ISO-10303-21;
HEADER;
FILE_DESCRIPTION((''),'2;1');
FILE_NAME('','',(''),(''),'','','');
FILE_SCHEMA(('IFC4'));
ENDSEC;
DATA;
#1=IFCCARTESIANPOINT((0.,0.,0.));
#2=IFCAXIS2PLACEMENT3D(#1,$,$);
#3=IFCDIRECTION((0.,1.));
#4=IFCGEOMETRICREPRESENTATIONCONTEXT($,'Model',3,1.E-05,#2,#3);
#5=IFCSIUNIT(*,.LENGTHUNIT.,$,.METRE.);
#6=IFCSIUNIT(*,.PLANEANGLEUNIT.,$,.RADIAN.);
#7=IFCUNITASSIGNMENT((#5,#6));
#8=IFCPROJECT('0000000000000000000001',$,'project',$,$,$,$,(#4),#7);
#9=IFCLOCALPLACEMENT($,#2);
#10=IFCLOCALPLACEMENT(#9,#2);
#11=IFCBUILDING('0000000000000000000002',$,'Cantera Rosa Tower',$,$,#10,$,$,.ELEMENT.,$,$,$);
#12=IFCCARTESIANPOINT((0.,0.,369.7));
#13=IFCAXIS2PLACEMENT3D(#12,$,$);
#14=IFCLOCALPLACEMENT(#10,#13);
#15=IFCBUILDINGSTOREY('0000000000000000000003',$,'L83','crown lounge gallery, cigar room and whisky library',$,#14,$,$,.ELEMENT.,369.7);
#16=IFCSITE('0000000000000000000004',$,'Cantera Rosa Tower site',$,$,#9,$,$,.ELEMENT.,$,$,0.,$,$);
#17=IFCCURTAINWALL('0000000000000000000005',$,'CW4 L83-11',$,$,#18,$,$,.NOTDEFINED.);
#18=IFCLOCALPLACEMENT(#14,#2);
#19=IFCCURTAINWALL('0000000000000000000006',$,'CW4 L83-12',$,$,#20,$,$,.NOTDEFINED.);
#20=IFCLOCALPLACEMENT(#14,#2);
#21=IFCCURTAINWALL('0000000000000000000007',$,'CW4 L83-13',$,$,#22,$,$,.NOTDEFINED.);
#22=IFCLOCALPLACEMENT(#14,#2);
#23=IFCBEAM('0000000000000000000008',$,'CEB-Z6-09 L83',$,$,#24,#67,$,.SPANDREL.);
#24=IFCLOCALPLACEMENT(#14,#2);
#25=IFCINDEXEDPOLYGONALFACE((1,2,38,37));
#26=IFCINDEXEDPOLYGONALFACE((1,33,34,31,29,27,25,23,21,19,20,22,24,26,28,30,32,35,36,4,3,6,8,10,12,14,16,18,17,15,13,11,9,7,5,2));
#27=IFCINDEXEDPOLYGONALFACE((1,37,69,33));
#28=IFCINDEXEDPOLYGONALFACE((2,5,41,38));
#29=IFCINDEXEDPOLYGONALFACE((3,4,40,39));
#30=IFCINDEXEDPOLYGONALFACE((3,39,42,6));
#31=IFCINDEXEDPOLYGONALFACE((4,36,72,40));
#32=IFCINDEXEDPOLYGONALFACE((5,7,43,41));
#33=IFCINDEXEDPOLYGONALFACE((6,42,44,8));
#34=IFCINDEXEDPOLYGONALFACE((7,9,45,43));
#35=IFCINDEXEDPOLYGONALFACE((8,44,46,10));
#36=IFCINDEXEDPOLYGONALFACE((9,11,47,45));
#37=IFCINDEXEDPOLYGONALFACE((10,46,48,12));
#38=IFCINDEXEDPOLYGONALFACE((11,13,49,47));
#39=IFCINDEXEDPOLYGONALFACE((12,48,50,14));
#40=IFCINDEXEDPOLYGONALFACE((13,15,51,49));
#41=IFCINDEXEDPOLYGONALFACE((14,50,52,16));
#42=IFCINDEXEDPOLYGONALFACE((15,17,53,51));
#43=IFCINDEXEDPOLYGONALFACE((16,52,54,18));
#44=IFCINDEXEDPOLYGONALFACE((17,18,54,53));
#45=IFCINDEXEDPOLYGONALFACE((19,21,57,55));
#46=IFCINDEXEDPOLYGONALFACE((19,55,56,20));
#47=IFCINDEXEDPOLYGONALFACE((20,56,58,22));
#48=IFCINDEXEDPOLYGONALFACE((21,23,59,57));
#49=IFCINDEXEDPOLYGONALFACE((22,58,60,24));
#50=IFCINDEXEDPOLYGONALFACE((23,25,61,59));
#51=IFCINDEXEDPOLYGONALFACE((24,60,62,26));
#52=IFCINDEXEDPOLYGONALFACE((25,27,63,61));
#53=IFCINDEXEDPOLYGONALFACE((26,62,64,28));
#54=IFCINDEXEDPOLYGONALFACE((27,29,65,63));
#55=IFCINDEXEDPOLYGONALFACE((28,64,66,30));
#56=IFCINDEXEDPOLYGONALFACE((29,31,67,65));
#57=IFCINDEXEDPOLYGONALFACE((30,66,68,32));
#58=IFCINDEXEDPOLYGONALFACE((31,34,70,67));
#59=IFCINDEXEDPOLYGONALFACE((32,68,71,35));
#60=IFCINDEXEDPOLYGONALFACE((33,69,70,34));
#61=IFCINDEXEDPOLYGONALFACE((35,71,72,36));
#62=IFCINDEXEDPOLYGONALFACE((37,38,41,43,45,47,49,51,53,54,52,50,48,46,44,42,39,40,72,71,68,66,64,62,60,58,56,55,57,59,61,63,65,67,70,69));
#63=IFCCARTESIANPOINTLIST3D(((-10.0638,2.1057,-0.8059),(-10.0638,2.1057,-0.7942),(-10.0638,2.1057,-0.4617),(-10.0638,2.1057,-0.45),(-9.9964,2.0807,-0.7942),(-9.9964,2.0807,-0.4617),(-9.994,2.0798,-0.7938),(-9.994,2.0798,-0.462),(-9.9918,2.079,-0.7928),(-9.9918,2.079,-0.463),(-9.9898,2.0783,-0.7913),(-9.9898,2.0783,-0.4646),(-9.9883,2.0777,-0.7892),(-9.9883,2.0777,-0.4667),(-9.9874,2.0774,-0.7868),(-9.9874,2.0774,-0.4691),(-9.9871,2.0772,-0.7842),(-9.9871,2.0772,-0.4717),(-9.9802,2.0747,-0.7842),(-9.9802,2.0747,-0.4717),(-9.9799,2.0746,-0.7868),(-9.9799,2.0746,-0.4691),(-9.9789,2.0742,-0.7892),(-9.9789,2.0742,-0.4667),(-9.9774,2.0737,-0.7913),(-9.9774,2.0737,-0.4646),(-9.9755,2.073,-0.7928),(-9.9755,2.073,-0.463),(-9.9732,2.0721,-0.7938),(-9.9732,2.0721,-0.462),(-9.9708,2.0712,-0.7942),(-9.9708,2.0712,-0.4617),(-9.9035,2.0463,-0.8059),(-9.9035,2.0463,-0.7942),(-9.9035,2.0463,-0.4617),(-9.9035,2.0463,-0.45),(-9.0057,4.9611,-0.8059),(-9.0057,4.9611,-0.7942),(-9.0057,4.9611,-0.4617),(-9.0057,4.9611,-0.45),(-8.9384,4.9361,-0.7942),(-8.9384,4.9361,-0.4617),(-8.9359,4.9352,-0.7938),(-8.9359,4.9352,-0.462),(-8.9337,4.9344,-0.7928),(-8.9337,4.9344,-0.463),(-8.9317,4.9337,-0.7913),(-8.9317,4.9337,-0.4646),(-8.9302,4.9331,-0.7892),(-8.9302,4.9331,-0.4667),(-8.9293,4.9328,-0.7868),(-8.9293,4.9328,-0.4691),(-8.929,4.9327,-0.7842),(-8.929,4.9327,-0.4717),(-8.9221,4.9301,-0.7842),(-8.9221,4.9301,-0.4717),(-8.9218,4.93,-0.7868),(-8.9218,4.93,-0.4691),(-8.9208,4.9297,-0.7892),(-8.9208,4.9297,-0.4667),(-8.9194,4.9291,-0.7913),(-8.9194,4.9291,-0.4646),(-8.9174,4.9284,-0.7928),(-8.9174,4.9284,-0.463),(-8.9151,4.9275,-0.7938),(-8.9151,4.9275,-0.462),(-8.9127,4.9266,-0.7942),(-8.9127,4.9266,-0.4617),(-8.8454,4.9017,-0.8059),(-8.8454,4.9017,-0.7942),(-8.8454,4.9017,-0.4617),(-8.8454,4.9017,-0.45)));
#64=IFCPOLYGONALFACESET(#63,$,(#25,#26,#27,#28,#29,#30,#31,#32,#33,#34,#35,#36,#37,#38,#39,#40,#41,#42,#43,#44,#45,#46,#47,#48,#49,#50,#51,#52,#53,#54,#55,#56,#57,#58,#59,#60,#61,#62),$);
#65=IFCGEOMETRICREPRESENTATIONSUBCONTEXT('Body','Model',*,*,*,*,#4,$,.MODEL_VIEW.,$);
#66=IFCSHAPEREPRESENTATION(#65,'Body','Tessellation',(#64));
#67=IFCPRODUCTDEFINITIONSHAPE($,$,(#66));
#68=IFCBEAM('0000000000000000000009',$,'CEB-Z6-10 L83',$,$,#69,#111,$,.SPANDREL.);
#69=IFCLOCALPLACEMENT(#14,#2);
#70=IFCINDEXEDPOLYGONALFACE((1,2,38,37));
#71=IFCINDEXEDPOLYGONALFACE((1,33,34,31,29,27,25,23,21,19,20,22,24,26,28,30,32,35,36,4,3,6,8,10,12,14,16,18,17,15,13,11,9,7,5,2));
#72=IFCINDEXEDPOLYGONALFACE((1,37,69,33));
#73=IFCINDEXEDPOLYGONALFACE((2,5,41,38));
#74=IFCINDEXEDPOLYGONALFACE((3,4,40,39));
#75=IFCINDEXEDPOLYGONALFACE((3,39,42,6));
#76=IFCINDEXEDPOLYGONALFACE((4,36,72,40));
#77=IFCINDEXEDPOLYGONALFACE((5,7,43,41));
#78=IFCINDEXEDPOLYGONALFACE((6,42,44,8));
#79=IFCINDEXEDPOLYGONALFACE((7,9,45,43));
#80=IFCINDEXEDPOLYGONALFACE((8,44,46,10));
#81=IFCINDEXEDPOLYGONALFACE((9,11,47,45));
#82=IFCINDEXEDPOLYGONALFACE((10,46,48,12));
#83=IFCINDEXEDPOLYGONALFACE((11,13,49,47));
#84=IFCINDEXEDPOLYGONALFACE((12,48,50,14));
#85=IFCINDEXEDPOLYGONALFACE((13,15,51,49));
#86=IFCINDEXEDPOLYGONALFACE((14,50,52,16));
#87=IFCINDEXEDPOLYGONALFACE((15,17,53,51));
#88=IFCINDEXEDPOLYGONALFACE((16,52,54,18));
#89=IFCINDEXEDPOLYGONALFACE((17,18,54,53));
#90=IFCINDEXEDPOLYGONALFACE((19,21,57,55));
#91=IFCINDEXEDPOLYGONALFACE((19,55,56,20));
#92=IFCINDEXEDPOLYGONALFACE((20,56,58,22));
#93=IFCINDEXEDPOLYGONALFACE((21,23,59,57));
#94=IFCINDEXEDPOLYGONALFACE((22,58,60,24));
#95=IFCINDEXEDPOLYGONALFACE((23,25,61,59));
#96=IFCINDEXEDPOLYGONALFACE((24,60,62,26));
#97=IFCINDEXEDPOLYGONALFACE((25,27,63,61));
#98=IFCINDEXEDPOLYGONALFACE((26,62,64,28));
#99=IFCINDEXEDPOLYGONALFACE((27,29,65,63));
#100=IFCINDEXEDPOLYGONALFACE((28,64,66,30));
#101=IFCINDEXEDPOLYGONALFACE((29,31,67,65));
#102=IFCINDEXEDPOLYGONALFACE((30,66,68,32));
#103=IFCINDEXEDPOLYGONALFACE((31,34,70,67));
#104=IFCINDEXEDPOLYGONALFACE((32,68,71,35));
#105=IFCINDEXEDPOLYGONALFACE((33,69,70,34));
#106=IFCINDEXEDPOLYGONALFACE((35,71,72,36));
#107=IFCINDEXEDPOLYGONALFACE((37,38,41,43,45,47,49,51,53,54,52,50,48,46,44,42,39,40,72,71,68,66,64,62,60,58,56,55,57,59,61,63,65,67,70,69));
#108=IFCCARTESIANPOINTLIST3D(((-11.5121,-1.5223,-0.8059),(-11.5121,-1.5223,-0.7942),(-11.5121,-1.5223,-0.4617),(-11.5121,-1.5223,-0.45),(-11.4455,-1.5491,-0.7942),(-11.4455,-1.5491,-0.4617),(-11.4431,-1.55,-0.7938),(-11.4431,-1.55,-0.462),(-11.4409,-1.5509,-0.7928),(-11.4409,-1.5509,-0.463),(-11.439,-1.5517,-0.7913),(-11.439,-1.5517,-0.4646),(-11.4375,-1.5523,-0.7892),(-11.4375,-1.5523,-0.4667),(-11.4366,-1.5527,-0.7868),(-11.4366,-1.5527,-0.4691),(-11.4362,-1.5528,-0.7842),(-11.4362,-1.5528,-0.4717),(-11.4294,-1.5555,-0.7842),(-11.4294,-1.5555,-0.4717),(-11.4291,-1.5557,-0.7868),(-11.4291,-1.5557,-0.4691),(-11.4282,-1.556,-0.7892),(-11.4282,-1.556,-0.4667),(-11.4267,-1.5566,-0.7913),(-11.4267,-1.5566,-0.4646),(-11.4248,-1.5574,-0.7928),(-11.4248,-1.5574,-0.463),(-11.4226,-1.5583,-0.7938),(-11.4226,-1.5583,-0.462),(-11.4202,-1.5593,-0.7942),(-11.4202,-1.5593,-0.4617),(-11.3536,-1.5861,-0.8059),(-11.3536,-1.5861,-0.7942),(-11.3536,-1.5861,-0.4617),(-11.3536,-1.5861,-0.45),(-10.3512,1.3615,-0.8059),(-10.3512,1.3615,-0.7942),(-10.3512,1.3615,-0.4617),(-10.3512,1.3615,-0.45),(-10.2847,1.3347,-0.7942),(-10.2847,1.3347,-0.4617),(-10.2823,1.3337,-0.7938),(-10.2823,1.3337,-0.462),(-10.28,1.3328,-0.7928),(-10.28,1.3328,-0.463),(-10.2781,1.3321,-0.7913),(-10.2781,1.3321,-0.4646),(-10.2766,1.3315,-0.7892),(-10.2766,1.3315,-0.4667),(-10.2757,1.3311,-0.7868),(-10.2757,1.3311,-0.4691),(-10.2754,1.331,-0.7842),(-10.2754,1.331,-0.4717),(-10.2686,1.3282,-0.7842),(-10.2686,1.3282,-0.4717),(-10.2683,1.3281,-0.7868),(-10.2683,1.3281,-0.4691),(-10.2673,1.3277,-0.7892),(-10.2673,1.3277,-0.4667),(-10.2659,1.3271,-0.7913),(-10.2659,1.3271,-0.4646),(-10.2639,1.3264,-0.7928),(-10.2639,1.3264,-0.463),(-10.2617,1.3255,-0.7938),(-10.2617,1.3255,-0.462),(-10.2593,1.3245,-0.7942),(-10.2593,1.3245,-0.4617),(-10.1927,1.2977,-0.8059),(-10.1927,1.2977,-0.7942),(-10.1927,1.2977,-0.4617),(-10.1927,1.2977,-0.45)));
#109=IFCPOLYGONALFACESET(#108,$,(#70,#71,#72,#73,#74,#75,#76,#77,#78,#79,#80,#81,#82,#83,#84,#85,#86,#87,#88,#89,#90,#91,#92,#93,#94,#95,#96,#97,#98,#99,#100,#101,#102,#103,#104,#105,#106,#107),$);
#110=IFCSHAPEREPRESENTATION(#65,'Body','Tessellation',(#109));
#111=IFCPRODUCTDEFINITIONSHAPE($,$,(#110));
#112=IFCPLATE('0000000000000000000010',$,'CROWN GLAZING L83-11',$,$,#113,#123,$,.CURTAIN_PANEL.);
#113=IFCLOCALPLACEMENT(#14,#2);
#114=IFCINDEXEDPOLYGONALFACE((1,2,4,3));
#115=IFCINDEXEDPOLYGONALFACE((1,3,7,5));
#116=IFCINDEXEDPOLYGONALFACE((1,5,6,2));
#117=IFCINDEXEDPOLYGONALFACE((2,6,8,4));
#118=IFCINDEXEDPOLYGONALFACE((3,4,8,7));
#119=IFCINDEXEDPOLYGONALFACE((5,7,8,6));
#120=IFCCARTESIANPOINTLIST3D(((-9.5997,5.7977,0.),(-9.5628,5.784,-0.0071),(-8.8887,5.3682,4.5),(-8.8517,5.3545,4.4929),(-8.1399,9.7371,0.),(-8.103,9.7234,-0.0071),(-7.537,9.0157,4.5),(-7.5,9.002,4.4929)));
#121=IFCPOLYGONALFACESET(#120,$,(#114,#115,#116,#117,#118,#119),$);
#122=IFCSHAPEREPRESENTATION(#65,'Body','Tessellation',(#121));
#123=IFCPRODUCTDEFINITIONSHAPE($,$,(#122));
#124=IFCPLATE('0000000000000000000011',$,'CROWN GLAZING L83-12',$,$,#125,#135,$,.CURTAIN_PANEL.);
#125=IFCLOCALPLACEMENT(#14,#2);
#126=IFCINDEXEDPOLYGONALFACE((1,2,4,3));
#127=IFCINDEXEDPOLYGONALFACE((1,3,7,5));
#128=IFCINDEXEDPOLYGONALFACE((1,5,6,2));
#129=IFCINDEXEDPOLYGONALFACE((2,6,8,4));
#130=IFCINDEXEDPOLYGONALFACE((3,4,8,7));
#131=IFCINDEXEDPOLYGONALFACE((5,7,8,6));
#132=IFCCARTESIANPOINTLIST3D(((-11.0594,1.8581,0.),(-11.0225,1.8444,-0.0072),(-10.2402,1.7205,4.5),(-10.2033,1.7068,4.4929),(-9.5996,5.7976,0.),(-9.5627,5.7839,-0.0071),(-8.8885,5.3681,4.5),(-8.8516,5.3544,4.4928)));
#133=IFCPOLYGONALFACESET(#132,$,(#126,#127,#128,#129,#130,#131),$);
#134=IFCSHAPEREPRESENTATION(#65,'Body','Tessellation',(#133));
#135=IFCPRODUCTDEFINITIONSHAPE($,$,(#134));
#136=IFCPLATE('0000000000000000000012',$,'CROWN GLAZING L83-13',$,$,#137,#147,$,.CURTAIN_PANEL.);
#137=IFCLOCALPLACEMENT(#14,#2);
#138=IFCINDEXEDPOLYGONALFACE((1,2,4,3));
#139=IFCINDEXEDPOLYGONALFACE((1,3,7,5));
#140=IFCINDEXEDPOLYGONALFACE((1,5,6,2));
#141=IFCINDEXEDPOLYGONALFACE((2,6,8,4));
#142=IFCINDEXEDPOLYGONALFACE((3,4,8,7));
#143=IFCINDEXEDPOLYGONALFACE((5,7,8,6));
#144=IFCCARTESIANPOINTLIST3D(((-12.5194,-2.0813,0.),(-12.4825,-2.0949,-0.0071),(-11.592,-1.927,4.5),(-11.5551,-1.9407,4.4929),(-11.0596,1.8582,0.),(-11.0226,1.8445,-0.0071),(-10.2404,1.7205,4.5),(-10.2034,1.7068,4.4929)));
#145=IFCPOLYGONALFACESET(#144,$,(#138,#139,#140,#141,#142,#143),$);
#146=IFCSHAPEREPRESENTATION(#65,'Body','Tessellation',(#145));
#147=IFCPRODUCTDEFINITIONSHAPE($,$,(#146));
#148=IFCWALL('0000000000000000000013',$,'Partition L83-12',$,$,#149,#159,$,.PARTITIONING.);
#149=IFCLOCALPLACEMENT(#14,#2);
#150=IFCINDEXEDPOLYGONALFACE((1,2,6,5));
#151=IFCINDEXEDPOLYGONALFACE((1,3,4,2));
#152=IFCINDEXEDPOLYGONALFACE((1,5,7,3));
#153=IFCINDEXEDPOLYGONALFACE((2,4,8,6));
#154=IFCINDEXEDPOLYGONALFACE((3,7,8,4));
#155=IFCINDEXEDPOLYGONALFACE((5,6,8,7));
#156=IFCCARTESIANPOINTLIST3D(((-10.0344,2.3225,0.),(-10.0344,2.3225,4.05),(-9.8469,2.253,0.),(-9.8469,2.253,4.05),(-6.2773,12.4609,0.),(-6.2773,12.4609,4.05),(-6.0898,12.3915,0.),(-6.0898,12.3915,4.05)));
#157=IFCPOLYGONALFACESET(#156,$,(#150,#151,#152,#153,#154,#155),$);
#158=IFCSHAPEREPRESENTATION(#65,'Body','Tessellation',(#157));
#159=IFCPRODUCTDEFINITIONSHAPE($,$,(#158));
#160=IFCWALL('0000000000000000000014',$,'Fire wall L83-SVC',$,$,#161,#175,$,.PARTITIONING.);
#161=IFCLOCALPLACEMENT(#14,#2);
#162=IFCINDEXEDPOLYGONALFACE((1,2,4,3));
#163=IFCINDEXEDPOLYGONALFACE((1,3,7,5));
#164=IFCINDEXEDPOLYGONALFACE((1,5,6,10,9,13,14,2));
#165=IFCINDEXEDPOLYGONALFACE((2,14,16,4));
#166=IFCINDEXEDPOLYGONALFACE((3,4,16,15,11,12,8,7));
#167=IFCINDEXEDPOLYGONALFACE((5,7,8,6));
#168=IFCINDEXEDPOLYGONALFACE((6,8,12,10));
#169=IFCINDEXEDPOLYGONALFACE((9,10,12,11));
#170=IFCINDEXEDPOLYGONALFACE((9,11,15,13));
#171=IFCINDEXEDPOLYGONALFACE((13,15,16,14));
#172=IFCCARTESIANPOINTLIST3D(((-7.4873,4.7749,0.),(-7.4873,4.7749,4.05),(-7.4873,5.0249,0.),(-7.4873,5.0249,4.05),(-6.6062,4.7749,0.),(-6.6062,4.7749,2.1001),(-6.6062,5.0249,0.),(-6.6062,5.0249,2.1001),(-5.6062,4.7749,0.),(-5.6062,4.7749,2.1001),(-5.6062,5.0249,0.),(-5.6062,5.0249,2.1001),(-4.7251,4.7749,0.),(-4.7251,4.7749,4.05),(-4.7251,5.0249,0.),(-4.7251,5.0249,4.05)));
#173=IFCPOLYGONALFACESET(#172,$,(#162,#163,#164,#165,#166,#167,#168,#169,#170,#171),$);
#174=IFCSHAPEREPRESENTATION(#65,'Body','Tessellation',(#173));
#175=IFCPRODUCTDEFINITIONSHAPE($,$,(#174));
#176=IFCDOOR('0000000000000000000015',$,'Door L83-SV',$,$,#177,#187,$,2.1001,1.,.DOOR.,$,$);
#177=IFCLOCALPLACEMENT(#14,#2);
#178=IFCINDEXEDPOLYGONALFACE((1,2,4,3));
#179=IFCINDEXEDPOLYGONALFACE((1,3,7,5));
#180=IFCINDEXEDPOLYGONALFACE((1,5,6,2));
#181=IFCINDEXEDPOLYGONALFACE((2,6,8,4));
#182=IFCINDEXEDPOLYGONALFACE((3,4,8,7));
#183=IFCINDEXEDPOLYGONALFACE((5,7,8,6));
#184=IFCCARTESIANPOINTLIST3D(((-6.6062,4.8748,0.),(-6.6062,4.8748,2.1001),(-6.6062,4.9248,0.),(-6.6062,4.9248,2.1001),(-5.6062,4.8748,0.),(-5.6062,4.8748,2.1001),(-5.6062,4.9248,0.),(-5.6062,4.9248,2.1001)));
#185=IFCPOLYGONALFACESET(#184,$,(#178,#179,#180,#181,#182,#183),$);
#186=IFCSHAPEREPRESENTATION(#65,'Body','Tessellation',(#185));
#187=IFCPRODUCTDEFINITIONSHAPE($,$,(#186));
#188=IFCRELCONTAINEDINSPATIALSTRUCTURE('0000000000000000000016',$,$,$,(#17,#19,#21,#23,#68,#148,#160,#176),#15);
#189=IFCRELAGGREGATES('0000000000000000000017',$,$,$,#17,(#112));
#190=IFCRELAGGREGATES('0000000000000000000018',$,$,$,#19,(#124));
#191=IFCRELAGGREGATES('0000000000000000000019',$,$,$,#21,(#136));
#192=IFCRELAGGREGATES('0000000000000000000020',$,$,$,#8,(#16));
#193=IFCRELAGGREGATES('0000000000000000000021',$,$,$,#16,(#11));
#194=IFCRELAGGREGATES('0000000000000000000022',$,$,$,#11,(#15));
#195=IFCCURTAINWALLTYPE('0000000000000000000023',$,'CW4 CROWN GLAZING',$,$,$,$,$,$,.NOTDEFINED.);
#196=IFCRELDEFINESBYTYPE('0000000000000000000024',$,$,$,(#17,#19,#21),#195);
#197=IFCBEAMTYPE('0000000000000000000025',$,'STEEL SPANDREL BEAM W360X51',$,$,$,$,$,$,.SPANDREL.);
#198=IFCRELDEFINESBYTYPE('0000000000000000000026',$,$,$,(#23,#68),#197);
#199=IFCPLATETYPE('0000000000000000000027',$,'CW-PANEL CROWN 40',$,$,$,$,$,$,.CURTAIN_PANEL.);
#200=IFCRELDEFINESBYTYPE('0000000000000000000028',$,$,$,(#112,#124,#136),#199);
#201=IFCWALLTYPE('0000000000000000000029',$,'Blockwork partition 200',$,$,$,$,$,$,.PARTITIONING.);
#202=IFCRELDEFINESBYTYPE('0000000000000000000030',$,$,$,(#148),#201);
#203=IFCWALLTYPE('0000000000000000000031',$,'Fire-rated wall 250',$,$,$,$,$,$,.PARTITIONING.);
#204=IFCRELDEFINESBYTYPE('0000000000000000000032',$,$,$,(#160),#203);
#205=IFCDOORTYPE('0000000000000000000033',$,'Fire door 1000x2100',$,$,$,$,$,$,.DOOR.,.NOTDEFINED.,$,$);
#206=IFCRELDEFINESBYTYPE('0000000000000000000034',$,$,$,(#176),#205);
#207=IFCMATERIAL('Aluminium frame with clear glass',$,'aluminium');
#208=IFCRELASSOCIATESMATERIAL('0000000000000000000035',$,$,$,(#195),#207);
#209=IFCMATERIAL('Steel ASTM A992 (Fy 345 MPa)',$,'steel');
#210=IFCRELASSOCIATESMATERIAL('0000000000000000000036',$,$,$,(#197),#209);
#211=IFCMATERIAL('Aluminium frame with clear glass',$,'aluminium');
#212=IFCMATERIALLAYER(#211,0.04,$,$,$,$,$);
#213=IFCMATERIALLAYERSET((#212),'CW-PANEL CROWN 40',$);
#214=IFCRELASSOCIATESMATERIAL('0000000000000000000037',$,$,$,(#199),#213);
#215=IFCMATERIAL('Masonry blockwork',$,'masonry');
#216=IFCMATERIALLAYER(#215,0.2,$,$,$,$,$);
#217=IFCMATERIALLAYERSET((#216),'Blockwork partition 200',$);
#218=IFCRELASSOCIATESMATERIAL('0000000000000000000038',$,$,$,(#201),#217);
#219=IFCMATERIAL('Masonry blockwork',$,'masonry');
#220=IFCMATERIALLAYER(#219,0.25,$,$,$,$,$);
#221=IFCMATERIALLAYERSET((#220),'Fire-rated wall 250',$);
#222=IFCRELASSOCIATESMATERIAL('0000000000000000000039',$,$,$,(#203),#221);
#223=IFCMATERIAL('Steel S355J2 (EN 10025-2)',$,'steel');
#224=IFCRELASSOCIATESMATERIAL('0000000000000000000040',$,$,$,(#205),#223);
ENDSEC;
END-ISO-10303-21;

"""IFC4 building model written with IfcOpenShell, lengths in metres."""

from ifc_helpers import new_model, si_unit, direction, frame, frame_2d, origin, origin_2d, place, context, subcontext, project, spatial, polyline, rectangle, i_section, outline, extrude, material, layer, layer_set, material_profile, profile_set, type_object, element, fill, aggregate, save


model = new_model("IFC4")

# Units and contexts
model_context = context("Model", 3, precision=1e-05, world=origin(), true_north=direction((0.0, 1.0)))
body_context = subcontext(model_context, "Body", "Model", "MODEL_VIEW")
ifc_project = project(units=[si_unit("LENGTHUNIT", "METRE"), si_unit("PLANEANGLEUNIT", "RADIAN")], contexts=[model_context])

# Site, building, storey
site_placement = place(None, origin())
site = spatial("IfcSite", under=ifc_project, at=site_placement, Name="Cantera Rosa Tower site", CompositionType="ELEMENT", RefElevation=0.0)
building_placement = place(site_placement, origin())
building = spatial("IfcBuilding", under=site, at=building_placement, Name="Cantera Rosa Tower", CompositionType="ELEMENT")
storey_placement = place(building_placement, frame((0.0, 0.0, 369.7)))
storey = spatial("IfcBuildingStorey", under=building, at=storey_placement, Name="L83", Description="crown lounge gallery, cigar room and whisky library", CompositionType="ELEMENT", Elevation=369.7)

# Curtain walls
ifc_material_1 = material(Name="Aluminium frame with clear glass", Category="aluminium")
curtain_wall_type = type_object("IfcCurtainWallType", Name="CW4 CROWN GLAZING", PredefinedType="NOTDEFINED", material=ifc_material_1)
curtain_wall_1_placement = place(storey_placement, origin())
curtain_wall_1 = element("IfcCurtainWall", 1, at=curtain_wall_1_placement, inside=storey, type_object=curtain_wall_type, Name="CW4 L83-11", PredefinedType="NOTDEFINED")
curtain_wall_2_placement = place(storey_placement, origin())
curtain_wall_2 = element("IfcCurtainWall", 2, at=curtain_wall_2_placement, inside=storey, type_object=curtain_wall_type, Name="CW4 L83-12", PredefinedType="NOTDEFINED")
curtain_wall_3_placement = place(storey_placement, origin())
curtain_wall_3 = element("IfcCurtainWall", 3, at=curtain_wall_3_placement, inside=storey, type_object=curtain_wall_type, Name="CW4 L83-13", PredefinedType="NOTDEFINED")

# Beams
ifc_material_2 = material(Name="Steel ASTM A992 (Fy 345 MPa)", Category="steel")
ifc_material_profile_1 = material_profile(ifc_material_2, i_section(OverallWidth=0.1709, OverallDepth=0.356, WebThickness=0.0073, FlangeThickness=0.0117, FilletRadius=0.01, at=origin_2d()), Name="W360X51")
ifc_profile_set_1 = profile_set([ifc_material_profile_1], Name="Steel ASTM A992 (Fy 345 MPa)")
beam_type = type_object("IfcBeamType", Name="STEEL SPANDREL BEAM W360X51", PredefinedType="SPANDREL", material=ifc_profile_set_1)
beam_1_placement = place(storey_placement, frame((-8.9255, 4.9314, -0.6279), z_axis=(-0.347466, -0.937693, 0.0), x_axis=(0.937693, -0.347466, 0.0)))
element("IfcBeam", 4, at=beam_1_placement, inside=storey, type_object=beam_type, Name="CEB-Z6-09 L83", PredefinedType="SPANDREL", context=body_context, shape_type="SweptSolid", body=[
    extrude(i_section(OverallWidth=0.1709, OverallDepth=0.356, WebThickness=0.0073, FlangeThickness=0.0117, FilletRadius=0.01, at=origin_2d()), origin(), (0.0, 0.0, 1.0), 3.0452),
])
beam_2_placement = place(storey_placement, frame((-10.272, 1.3296, -0.6279), z_axis=(-0.373434, -0.927657, 0.0), x_axis=(0.927657, -0.373434, 0.0)))
element("IfcBeam", 5, at=beam_2_placement, inside=storey, type_object=beam_type, Name="CEB-Z6-10 L83", PredefinedType="SPANDREL", context=body_context, shape_type="SweptSolid", body=[
    extrude(i_section(OverallWidth=0.1709, OverallDepth=0.356, WebThickness=0.0073, FlangeThickness=0.0117, FilletRadius=0.01, at=origin_2d()), origin(), (0.0, 0.0, 1.0), 3.1086),
])

# Plates
ifc_material_3 = material(Name="Aluminium frame with clear glass", Category="aluminium")
ifc_layer_1 = layer(ifc_material_3, 0.04)
ifc_layer_set_1 = layer_set([ifc_layer_1], Name="CW-PANEL CROWN 40")
plate_type = type_object("IfcPlateType", Name="CW-PANEL CROWN 40", PredefinedType="CURTAIN_PANEL", material=ifc_layer_set_1)
plate_1_placement = place(storey_placement, frame((-8.1399, 9.7371, 0.0), z_axis=(-0.92264, 0.341908, 0.178423), x_axis=(-0.347482, -0.937687, 0.000006)))
plate_1 = element("IfcPlate", 6, at=plate_1_placement, type_object=plate_type, Name="CROWN GLAZING L83-11", PredefinedType="CURTAIN_PANEL", context=body_context, shape_type="SweptSolid", body=[
    extrude(outline(polyline([(0.0, 0.0), (4.2012, 0.0), (4.3569, 4.5734), (0.467, 4.5734), (0.0, 0.0)])), origin(), (0.0, 0.0, -1.0), 0.04),
])
plate_2_placement = place(storey_placement, frame((-9.5996, 5.7976, 0.0), z_axis=(-0.922644, 0.341898, 0.178422), x_axis=(-0.347475, -0.937689, -0.000006)))
plate_2 = element("IfcPlate", 7, at=plate_2_placement, type_object=plate_type, Name="CROWN GLAZING L83-12", PredefinedType="CURTAIN_PANEL", context=body_context, shape_type="SweptSolid", body=[
    extrude(outline(polyline([(0.0, 0.0), (4.2013, 0.0), (4.0457, 4.5734), (0.1556, 4.5734), (0.0, 0.0)])), origin(), (0.0, 0.0, -1.0), 0.04),
])
plate_3_placement = place(storey_placement, frame((-11.0596, 1.8582, 0.0), z_axis=(-0.92264, 0.341908, 0.178421), x_axis=(-0.347482, -0.937687, 0.000006)))
plate_3 = element("IfcPlate", 8, at=plate_3_placement, type_object=plate_type, Name="CROWN GLAZING L83-13", PredefinedType="CURTAIN_PANEL", context=body_context, shape_type="SweptSolid", body=[
    extrude(outline(polyline([(0.0, 0.0), (4.2012, 0.0), (3.7343, 4.5734), (-0.1556, 4.5734), (0.0, 0.0)])), origin(), (0.0, 0.0, -1.0), 0.04),
])

# Wall
ifc_material_4 = material(Name="Masonry blockwork", Category="masonry")
ifc_layer_2 = layer(ifc_material_4, 0.2)
ifc_layer_set_2 = layer_set([ifc_layer_2], Name="Blockwork partition 200")
wall_type_1 = type_object("IfcWallType", Name="Blockwork partition 200", PredefinedType="PARTITIONING", material=ifc_layer_set_2)
wall_1_placement = place(storey_placement, frame((-9.9407, 2.2876, 0.0), z_axis=(0.0, 0.0, 1.0), x_axis=(0.347486, 0.937685, 0.0)))
element("IfcWall", 9, at=wall_1_placement, inside=storey, type_object=wall_type_1, Name="Partition L83-12", PredefinedType="PARTITIONING", context=body_context, shape_type="SweptSolid", body=[
    extrude(rectangle(XDim=10.8123, YDim=0.2, at=frame_2d((5.4062, 0.0))), origin(), (0.0, 0.0, 1.0), 4.05),
])

# Wall, opening, door
ifc_material_5 = material(Name="Masonry blockwork", Category="masonry")
ifc_layer_3 = layer(ifc_material_5, 0.25)
ifc_layer_set_3 = layer_set([ifc_layer_3], Name="Fire-rated wall 250")
wall_type_2 = type_object("IfcWallType", Name="Fire-rated wall 250", PredefinedType="PARTITIONING", material=ifc_layer_set_3)
wall_2_placement = place(storey_placement, frame((-7.4873, 4.8999, 0.0), z_axis=(0.0, 0.0, 1.0), x_axis=(1.0, 0.0, 0.0)))
wall_2 = element("IfcWall", 10, at=wall_2_placement, inside=storey, type_object=wall_type_2, Name="Fire wall L83-SVC", PredefinedType="PARTITIONING", context=body_context, shape_type="SweptSolid", body=[
    extrude(rectangle(XDim=2.7622, YDim=0.25, at=frame_2d((1.3811, 0.0))), origin(), (0.0, 0.0, 1.0), 4.05),
])
opening_placement = place(wall_2_placement, frame((0.8811, 0.0, 0.0)))
opening = element("IfcOpeningElement", 11, at=opening_placement, cuts=wall_2, PredefinedType="OPENING", context=body_context, shape_type="SweptSolid", body=[
    extrude(rectangle(XDim=1.0, YDim=2.1001, at=frame_2d((0.5, 1.05))), frame((0.0, 0.135, 0.0), z_axis=(0.0, -1.0, 0.0), x_axis=(1.0, 0.0, 0.0)), (0.0, 0.0, 1.0), 0.27),
])
ifc_material_6 = material(Name="Steel S355J2 (EN 10025-2)", Category="steel")
door_type = type_object("IfcDoorType", Name="Fire door 1000x2100", OperationType="NOTDEFINED", PredefinedType="DOOR", material=ifc_material_6)
door_placement = place(opening_placement, origin())
door = element("IfcDoor", 12, at=door_placement, inside=storey, type_object=door_type, Name="Door L83-SV", OverallHeight=2.1001, OverallWidth=1.0, PredefinedType="DOOR", context=body_context, shape_type="SweptSolid", body=[
    extrude(rectangle(XDim=1.0, YDim=2.1001, at=frame_2d((0.5, 1.05))), frame((0.0, 0.0249, 0.0), z_axis=(0.0, -1.0, 0.0), x_axis=(1.0, 0.0, 0.0)), (0.0, 0.0, 1.0), 0.05),
])
fill(opening, door)

aggregate(curtain_wall_1, [plate_1])
aggregate(curtain_wall_2, [plate_2])
aggregate(curtain_wall_3, [plate_3])

save(model, "model.ifc")
